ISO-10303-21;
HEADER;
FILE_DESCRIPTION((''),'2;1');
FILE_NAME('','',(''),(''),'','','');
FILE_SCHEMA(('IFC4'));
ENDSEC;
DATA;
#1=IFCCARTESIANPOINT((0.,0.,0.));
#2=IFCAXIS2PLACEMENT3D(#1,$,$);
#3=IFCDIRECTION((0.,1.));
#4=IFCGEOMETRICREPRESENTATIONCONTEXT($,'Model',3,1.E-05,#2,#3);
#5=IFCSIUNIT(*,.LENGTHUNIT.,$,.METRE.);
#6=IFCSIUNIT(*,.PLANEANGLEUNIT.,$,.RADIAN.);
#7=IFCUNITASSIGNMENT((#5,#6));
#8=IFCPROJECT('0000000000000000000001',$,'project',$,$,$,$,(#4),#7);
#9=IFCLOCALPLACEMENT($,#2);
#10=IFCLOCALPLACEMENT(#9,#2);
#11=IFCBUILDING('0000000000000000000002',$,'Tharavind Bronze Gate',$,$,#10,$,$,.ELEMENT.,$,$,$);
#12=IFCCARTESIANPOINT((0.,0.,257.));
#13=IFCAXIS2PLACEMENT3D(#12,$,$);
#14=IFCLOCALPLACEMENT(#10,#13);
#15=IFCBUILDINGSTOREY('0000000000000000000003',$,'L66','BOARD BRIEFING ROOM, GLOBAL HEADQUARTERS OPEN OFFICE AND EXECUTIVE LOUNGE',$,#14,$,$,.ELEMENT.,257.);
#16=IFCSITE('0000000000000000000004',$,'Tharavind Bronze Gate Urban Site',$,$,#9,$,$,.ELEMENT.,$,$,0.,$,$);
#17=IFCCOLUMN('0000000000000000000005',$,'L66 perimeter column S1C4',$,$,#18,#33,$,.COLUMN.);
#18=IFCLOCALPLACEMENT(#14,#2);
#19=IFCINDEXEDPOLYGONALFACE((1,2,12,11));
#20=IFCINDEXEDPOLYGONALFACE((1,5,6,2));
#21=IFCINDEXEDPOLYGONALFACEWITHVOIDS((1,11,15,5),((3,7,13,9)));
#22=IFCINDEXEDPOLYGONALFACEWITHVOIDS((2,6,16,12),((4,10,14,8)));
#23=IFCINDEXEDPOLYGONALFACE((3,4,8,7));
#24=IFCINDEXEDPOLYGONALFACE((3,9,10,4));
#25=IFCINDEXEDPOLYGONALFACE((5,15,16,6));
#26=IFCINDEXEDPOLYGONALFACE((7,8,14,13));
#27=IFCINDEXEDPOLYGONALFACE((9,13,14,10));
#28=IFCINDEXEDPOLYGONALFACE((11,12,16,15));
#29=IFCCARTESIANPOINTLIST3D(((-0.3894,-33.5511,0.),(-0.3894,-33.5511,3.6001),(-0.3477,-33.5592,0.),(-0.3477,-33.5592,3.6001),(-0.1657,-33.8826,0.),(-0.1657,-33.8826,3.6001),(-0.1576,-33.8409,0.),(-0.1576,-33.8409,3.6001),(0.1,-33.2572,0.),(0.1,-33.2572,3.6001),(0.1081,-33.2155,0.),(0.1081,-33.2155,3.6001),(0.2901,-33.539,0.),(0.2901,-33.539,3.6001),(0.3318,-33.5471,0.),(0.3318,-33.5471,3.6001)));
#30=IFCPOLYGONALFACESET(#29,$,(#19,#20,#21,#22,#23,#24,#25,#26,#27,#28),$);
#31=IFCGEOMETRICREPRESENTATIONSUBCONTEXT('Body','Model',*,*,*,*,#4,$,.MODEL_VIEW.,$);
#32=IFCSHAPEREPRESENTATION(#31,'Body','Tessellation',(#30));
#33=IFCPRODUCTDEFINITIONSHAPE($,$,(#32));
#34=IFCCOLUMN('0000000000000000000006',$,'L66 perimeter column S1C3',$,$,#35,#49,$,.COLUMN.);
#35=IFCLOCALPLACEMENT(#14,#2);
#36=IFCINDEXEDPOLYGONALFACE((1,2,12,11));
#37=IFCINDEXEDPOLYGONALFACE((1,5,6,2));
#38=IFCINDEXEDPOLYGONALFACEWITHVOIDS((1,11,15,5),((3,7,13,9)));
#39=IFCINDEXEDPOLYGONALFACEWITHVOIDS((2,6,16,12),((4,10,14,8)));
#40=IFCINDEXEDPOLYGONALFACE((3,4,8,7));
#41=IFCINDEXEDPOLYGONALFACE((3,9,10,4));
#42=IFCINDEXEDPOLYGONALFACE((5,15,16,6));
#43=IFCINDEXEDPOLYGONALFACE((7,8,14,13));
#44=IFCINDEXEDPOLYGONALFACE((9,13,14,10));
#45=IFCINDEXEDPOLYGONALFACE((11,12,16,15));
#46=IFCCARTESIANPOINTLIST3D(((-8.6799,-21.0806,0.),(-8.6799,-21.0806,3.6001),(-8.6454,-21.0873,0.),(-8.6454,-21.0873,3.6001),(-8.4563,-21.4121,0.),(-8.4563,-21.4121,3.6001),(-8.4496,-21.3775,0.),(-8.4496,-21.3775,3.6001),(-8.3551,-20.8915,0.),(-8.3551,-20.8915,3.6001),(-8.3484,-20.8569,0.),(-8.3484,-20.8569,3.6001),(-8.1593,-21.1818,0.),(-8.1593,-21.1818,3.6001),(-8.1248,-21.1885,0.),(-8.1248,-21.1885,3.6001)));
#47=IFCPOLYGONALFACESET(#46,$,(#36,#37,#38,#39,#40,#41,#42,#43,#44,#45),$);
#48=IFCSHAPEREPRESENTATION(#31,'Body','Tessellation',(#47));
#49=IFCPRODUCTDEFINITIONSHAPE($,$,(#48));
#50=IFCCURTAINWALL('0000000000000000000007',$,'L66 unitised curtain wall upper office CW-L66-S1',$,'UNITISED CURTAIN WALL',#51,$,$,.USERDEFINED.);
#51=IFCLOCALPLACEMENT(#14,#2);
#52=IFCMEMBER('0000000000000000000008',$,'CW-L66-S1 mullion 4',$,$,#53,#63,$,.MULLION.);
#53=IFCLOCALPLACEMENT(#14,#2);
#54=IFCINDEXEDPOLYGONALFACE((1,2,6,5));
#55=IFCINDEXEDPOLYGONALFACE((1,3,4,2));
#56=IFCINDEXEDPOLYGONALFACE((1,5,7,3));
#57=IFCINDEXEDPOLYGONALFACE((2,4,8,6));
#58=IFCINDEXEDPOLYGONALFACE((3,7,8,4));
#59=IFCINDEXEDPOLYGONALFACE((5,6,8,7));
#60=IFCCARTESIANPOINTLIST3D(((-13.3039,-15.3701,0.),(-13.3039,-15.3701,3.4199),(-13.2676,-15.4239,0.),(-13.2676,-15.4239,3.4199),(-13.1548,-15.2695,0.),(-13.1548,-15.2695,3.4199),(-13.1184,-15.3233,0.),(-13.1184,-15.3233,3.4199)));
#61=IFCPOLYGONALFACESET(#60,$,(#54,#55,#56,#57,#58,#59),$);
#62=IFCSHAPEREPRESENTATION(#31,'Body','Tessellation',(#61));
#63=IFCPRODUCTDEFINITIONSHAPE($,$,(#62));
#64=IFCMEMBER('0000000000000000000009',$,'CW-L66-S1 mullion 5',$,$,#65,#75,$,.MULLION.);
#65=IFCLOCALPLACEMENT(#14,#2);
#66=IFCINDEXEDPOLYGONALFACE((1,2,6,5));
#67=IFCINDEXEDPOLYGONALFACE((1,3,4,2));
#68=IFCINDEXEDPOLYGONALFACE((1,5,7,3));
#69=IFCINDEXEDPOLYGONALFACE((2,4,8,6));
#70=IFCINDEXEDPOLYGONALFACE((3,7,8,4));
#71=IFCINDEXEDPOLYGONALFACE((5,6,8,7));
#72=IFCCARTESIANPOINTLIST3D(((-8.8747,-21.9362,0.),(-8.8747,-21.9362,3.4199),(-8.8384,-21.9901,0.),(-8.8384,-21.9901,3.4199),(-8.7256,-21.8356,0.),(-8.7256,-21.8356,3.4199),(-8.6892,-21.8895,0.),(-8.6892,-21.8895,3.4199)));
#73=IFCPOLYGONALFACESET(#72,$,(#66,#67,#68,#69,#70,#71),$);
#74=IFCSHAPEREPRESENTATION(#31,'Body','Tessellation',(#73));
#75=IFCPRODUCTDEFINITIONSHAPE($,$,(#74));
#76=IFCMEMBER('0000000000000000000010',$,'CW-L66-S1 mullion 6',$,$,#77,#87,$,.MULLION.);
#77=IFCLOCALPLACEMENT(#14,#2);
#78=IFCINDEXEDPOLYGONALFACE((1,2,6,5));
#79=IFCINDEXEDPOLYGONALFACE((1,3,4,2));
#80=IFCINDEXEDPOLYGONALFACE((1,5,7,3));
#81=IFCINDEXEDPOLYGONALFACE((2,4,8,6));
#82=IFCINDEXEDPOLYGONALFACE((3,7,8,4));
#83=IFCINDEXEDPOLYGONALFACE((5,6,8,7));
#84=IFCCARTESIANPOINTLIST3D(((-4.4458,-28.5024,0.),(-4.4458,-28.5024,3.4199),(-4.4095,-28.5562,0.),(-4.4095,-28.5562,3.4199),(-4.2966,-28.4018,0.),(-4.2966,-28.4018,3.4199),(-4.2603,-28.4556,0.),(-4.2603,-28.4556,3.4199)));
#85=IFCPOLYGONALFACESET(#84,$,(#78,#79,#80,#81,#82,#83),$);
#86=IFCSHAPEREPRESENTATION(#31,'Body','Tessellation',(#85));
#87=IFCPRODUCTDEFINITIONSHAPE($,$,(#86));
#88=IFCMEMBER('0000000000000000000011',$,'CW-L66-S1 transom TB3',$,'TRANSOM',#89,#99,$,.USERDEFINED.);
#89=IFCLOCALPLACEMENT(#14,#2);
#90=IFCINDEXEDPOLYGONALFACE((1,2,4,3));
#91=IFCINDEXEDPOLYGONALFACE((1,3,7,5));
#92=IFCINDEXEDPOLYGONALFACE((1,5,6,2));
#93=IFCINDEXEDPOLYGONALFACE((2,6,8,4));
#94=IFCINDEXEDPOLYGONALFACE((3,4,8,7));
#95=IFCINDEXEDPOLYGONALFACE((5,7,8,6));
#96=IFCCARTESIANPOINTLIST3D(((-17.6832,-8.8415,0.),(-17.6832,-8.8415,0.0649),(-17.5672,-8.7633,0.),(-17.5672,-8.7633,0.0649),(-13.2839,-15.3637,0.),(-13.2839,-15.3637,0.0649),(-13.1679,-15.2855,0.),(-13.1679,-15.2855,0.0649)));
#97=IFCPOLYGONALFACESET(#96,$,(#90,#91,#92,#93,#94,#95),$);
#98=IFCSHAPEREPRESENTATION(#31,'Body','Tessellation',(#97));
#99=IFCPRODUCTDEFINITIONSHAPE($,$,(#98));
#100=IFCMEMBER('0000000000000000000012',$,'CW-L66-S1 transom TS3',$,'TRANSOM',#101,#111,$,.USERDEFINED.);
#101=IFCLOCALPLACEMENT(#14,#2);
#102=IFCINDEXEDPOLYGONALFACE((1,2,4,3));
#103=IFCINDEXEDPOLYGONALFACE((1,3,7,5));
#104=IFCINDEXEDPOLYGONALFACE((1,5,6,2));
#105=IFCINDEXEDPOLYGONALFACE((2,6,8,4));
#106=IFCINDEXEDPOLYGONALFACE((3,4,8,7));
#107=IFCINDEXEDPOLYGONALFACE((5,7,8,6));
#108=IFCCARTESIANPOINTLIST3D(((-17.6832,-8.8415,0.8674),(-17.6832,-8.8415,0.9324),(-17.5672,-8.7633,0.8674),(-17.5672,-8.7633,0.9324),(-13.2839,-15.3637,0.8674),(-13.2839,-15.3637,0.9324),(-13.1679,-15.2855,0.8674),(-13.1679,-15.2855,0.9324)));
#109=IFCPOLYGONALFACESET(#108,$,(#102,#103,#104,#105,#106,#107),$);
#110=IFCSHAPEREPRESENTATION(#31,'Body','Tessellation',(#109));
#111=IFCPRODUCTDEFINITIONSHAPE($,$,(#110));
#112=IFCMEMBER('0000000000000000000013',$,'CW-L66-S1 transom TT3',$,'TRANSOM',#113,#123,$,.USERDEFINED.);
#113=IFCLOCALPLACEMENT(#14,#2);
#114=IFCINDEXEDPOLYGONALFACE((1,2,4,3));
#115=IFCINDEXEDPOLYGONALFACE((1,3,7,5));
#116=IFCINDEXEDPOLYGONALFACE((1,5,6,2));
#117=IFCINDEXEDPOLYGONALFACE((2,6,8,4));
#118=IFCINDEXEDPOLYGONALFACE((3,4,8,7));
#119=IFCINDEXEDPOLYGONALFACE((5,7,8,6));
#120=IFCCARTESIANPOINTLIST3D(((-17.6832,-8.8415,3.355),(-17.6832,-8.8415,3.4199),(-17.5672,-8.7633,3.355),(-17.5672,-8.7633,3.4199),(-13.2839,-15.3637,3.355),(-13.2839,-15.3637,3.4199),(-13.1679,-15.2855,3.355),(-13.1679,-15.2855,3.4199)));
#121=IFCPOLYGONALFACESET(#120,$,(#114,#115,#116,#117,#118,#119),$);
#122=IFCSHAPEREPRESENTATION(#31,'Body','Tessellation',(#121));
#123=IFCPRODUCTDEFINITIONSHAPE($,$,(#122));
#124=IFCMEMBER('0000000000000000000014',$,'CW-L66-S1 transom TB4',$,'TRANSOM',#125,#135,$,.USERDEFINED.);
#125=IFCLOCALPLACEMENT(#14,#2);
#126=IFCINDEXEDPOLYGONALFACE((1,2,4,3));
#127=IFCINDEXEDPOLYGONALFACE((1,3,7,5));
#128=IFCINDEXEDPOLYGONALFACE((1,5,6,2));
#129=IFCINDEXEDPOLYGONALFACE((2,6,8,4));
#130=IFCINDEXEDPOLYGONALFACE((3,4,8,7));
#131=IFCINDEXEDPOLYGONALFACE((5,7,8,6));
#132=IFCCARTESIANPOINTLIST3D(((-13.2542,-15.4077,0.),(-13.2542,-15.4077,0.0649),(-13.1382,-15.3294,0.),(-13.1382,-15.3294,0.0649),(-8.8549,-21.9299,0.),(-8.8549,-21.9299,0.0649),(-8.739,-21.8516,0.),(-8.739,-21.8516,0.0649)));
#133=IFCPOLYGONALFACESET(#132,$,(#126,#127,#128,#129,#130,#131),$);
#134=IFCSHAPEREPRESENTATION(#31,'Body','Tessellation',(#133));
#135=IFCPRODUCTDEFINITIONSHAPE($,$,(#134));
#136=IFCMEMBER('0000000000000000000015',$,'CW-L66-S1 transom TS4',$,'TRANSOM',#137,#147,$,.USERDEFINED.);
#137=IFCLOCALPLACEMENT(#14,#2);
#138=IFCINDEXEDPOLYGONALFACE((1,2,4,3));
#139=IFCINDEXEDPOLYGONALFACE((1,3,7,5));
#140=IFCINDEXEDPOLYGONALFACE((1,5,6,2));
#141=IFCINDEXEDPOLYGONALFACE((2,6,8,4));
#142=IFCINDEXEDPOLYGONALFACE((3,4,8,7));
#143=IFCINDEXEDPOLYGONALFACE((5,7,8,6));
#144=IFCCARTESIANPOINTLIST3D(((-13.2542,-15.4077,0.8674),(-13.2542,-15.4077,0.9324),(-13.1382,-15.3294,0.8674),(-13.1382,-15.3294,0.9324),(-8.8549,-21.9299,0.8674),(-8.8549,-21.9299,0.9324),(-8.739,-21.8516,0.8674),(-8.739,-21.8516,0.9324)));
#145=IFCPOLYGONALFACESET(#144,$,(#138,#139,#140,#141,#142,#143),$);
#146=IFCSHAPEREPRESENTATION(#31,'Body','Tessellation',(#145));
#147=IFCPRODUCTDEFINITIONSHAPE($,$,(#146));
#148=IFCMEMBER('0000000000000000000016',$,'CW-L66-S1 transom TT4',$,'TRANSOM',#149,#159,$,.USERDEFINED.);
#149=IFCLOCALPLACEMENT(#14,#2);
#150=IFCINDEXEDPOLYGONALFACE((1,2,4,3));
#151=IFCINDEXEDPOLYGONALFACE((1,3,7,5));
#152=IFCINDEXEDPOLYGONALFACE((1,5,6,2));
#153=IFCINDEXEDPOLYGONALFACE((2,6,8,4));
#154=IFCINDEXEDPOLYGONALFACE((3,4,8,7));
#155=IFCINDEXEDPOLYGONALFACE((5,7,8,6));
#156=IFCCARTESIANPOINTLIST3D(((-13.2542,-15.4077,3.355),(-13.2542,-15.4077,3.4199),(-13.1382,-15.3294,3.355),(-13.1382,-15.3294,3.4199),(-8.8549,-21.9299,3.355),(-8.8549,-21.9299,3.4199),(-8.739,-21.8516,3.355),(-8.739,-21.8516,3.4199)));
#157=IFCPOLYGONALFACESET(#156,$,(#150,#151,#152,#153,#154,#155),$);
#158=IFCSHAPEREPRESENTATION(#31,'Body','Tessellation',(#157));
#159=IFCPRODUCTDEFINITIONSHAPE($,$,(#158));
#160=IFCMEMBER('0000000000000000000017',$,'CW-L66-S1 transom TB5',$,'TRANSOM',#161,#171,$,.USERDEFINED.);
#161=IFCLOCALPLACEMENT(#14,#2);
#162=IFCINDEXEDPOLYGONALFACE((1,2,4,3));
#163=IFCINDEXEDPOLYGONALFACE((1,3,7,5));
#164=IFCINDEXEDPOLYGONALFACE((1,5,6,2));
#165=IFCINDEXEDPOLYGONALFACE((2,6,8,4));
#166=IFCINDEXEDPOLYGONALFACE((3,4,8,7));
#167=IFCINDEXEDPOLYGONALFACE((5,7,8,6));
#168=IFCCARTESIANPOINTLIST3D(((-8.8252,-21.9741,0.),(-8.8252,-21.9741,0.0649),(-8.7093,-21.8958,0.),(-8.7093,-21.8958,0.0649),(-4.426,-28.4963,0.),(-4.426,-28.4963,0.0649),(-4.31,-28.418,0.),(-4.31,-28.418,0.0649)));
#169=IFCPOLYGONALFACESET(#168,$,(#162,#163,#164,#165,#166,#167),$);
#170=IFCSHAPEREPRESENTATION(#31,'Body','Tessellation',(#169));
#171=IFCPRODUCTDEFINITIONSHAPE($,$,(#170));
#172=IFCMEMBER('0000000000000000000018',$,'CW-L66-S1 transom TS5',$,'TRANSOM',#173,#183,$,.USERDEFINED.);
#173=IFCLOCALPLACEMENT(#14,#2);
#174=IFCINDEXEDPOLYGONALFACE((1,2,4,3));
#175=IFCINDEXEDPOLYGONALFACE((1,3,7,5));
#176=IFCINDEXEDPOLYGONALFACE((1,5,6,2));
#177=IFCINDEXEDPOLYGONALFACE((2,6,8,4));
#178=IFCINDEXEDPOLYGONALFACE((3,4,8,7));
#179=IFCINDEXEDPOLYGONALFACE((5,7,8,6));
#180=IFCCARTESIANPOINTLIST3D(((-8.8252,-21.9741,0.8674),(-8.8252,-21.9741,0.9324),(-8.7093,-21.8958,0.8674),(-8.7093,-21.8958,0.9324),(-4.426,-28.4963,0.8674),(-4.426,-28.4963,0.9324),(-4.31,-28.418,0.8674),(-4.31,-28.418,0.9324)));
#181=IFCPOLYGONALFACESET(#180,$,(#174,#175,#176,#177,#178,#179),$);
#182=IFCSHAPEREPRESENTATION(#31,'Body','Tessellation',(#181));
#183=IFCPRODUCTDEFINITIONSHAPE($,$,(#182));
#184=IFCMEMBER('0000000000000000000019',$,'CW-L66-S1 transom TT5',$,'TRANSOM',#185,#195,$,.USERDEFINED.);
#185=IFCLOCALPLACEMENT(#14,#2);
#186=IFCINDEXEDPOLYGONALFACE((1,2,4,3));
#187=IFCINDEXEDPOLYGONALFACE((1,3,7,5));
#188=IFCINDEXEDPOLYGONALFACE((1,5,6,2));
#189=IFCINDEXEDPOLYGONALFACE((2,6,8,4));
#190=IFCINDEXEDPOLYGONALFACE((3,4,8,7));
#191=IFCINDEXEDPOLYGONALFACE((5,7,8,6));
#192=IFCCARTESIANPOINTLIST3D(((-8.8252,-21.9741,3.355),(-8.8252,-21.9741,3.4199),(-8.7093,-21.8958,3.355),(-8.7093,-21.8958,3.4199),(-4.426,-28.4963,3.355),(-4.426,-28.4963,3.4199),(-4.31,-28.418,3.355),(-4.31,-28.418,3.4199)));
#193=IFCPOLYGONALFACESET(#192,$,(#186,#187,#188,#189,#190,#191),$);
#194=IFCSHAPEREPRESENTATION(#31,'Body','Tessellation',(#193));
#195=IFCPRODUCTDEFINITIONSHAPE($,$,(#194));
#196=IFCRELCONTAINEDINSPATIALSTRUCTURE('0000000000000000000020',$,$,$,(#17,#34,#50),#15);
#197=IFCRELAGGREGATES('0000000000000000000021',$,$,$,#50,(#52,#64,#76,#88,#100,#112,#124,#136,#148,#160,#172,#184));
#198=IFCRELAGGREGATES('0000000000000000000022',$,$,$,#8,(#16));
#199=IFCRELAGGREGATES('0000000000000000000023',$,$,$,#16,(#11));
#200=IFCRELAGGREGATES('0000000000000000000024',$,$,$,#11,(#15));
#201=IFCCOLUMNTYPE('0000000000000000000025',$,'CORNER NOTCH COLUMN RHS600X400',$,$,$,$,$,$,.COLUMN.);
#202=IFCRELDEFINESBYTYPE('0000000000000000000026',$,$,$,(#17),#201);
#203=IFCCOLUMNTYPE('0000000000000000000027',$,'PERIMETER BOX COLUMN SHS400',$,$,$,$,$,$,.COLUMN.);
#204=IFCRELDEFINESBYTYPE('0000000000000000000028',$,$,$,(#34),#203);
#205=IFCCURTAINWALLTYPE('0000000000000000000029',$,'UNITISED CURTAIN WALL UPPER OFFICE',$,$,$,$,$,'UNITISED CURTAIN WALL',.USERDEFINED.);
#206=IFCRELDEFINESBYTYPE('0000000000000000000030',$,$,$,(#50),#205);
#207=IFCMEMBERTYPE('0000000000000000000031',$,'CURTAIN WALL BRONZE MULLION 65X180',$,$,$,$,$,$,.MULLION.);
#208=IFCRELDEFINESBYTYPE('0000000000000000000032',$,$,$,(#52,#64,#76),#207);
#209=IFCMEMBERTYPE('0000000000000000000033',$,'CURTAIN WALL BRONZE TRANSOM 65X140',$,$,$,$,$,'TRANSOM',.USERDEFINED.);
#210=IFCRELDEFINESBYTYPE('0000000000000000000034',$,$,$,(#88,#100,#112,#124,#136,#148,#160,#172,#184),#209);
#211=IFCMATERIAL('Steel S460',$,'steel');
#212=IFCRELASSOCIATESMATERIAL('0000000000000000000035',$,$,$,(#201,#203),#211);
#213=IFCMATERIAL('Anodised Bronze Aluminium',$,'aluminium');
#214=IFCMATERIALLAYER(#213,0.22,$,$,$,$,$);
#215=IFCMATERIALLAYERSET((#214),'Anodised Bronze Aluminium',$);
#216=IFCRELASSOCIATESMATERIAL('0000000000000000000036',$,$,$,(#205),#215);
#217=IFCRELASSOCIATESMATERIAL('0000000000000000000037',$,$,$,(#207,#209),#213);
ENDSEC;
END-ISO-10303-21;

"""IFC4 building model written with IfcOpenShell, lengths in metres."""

from ifc_helpers import new_model, si_unit, direction, frame, origin, origin_2d, place, context, subcontext, project, spatial, rectangle, hollow_rectangle, extrude, material, layer, layer_set, material_profile, profile_set, type_object, element, aggregate, save


model = new_model("IFC4")

# Units and contexts
model_context = context("Model", 3, precision=1e-05, world=origin(), true_north=direction((0.0, 1.0)))
body_context = subcontext(model_context, "Body", "Model", "MODEL_VIEW")
ifc_project = project(units=[si_unit("LENGTHUNIT", "METRE"), si_unit("PLANEANGLEUNIT", "RADIAN")], contexts=[model_context])

# Site, building, storey
site_placement = place(None, origin())
site = spatial("IfcSite", under=ifc_project, at=site_placement, Name="Tharavind Bronze Gate Urban Site", CompositionType="ELEMENT", RefElevation=0.0)
building_placement = place(site_placement, origin())
building = spatial("IfcBuilding", under=site, at=building_placement, Name="Tharavind Bronze Gate", CompositionType="ELEMENT")
storey_placement = place(building_placement, frame((0.0, 0.0, 257.0)))
storey = spatial("IfcBuildingStorey", under=building, at=storey_placement, Name="L66", Description="BOARD BRIEFING ROOM, GLOBAL HEADQUARTERS OPEN OFFICE AND EXECUTIVE LOUNGE", CompositionType="ELEMENT", Elevation=257.0)

# Columns
ifc_material_1 = material(Name="Steel S460", Category="steel")
ifc_material_profile_1 = material_profile(ifc_material_1, hollow_rectangle(XDim=0.3999, YDim=0.6001, WallThickness=0.03, at=origin_2d()), Name="RHS600X400X30")
ifc_profile_set_1 = profile_set([ifc_material_profile_1], Name="Steel S460")
column_type_1 = type_object("IfcColumnType", Name="CORNER NOTCH COLUMN RHS600X400", PredefinedType="COLUMN", material=ifc_profile_set_1)
column_1_placement = place(storey_placement, frame((-0.0288, -33.5491, 0.0), z_axis=(0.0, 0.0, 1.0), x_axis=(-0.559193, 0.829038, 0.0)))
element("IfcColumn", 1, at=column_1_placement, inside=storey, type_object=column_type_1, Name="L66 perimeter column S1C4", PredefinedType="COLUMN", context=body_context, shape_type="SweptSolid", body=[
    extrude(hollow_rectangle(XDim=0.3999, YDim=0.6001, WallThickness=0.03, at=origin_2d()), origin(), (0.0, 0.0, 1.0), 3.6001),
])
ifc_material_profile_2 = material_profile(ifc_material_1, hollow_rectangle(XDim=0.3999, YDim=0.3999, WallThickness=0.0249, at=origin_2d()), Name="SHS400X25")
ifc_profile_set_2 = profile_set([ifc_material_profile_2], Name="Steel S460")
column_type_2 = type_object("IfcColumnType", Name="PERIMETER BOX COLUMN SHS400", PredefinedType="COLUMN", material=ifc_profile_set_2)
column_2_placement = place(storey_placement, frame((-8.4023, -21.1345, 0.0), z_axis=(0.0, 0.0, 1.0), x_axis=(-0.559193, 0.829038, 0.0)))
element("IfcColumn", 2, at=column_2_placement, inside=storey, type_object=column_type_2, Name="L66 perimeter column S1C3", PredefinedType="COLUMN", context=body_context, shape_type="SweptSolid", body=[
    extrude(hollow_rectangle(XDim=0.3999, YDim=0.3999, WallThickness=0.0249, at=origin_2d()), origin(), (0.0, 0.0, 1.0), 3.6001),
])

# Curtain wall, members
ifc_material_2 = material(Name="Anodised Bronze Aluminium", Category="aluminium")
ifc_layer_1 = layer(ifc_material_2, 0.22)
ifc_layer_set_1 = layer_set([ifc_layer_1], Name="Anodised Bronze Aluminium")
curtain_wall_type = type_object("IfcCurtainWallType", Name="UNITISED CURTAIN WALL UPPER OFFICE", ElementType="UNITISED CURTAIN WALL", PredefinedType="USERDEFINED", material=ifc_layer_set_1)
curtain_wall_placement = place(storey_placement, origin())
curtain_wall = element("IfcCurtainWall", 3, at=curtain_wall_placement, inside=storey, type_object=curtain_wall_type, Name="L66 unitised curtain wall upper office CW-L66-S1", ObjectType="UNITISED CURTAIN WALL", PredefinedType="USERDEFINED")
member_type_1 = type_object("IfcMemberType", Name="CURTAIN WALL BRONZE MULLION 65X180", PredefinedType="MULLION", material=ifc_material_2)
member_1_placement = place(storey_placement, frame((-13.2112, -15.3467, 0.0), z_axis=(0.0, 0.0, 1.0), x_axis=(0.559191, -0.829039, 0.0)))
member_1 = element("IfcMember", 4, at=member_1_placement, type_object=member_type_1, Name="CW-L66-S1 mullion 4", PredefinedType="MULLION", context=body_context, shape_type="SweptSolid", body=[
    extrude(rectangle(XDim=0.0649, YDim=0.1799, at=origin_2d()), origin(), (0.0, 0.0, 1.0), 3.4199),
])
member_2_placement = place(storey_placement, frame((-8.782, -21.9128, 0.0), z_axis=(0.0, 0.0, 1.0), x_axis=(0.559191, -0.829039, 0.0)))
member_2 = element("IfcMember", 5, at=member_2_placement, type_object=member_type_1, Name="CW-L66-S1 mullion 5", PredefinedType="MULLION", context=body_context, shape_type="SweptSolid", body=[
    extrude(rectangle(XDim=0.0649, YDim=0.1799, at=origin_2d()), origin(), (0.0, 0.0, 1.0), 3.4199),
])
member_3_placement = place(storey_placement, frame((-4.353, -28.479, 0.0), z_axis=(0.0, 0.0, 1.0), x_axis=(0.559191, -0.829039, 0.0)))
member_3 = element("IfcMember", 6, at=member_3_placement, type_object=member_type_1, Name="CW-L66-S1 mullion 6", PredefinedType="MULLION", context=body_context, shape_type="SweptSolid", body=[
    extrude(rectangle(XDim=0.0649, YDim=0.1799, at=origin_2d()), origin(), (0.0, 0.0, 1.0), 3.4199),
])
member_type_2 = type_object("IfcMemberType", Name="CURTAIN WALL BRONZE TRANSOM 65X140", ElementType="TRANSOM", PredefinedType="USERDEFINED", material=ifc_material_2)
member_4_placement = place(storey_placement, frame((-15.4255, -12.0635, 0.0), z_axis=(0.0, 0.0, 1.0), x_axis=(0.559191, -0.829039, 0.0)))
member_4 = element("IfcMember", 7, at=member_4_placement, type_object=member_type_2, Name="CW-L66-S1 transom TB3", ObjectType="TRANSOM", PredefinedType="USERDEFINED", context=body_context, shape_type="SweptSolid", body=[
    extrude(rectangle(XDim=7.8672, YDim=0.1399, at=origin_2d()), origin(), (0.0, 0.0, 1.0), 0.0649),
])
member_5_placement = place(storey_placement, frame((-15.4255, -12.0635, 0.8674), z_axis=(0.0, 0.0, 1.0), x_axis=(0.559191, -0.829039, 0.0)))
member_5 = element("IfcMember", 8, at=member_5_placement, type_object=member_type_2, Name="CW-L66-S1 transom TS3", ObjectType="TRANSOM", PredefinedType="USERDEFINED", context=body_context, shape_type="SweptSolid", body=[
    extrude(rectangle(XDim=7.8672, YDim=0.1399, at=origin_2d()), origin(), (0.0, 0.0, 1.0), 0.0649),
])
member_6_placement = place(storey_placement, frame((-15.4255, -12.0635, 3.355), z_axis=(0.0, 0.0, 1.0), x_axis=(0.559191, -0.829039, 0.0)))
member_6 = element("IfcMember", 9, at=member_6_placement, type_object=member_type_2, Name="CW-L66-S1 transom TT3", ObjectType="TRANSOM", PredefinedType="USERDEFINED", context=body_context, shape_type="SweptSolid", body=[
    extrude(rectangle(XDim=7.8672, YDim=0.1399, at=origin_2d()), origin(), (0.0, 0.0, 1.0), 0.0649),
])
member_7_placement = place(storey_placement, frame((-10.9966, -18.6296, 0.0), z_axis=(0.0, 0.0, 1.0), x_axis=(0.559191, -0.829039, 0.0)))
member_7 = element("IfcMember", 10, at=member_7_placement, type_object=member_type_2, Name="CW-L66-S1 transom TB4", ObjectType="TRANSOM", PredefinedType="USERDEFINED", context=body_context, shape_type="SweptSolid", body=[
    extrude(rectangle(XDim=7.8672, YDim=0.1399, at=origin_2d()), origin(), (0.0, 0.0, 1.0), 0.0649),
])
member_8_placement = place(storey_placement, frame((-10.9966, -18.6296, 0.8674), z_axis=(0.0, 0.0, 1.0), x_axis=(0.559191, -0.829039, 0.0)))
member_8 = element("IfcMember", 11, at=member_8_placement, type_object=member_type_2, Name="CW-L66-S1 transom TS4", ObjectType="TRANSOM", PredefinedType="USERDEFINED", context=body_context, shape_type="SweptSolid", body=[
    extrude(rectangle(XDim=7.8672, YDim=0.1399, at=origin_2d()), origin(), (0.0, 0.0, 1.0), 0.0649),
])
member_9_placement = place(storey_placement, frame((-10.9966, -18.6296, 3.355), z_axis=(0.0, 0.0, 1.0), x_axis=(0.559191, -0.829039, 0.0)))
member_9 = element("IfcMember", 12, at=member_9_placement, type_object=member_type_2, Name="CW-L66-S1 transom TT4", ObjectType="TRANSOM", PredefinedType="USERDEFINED", context=body_context, shape_type="SweptSolid", body=[
    extrude(rectangle(XDim=7.8672, YDim=0.1399, at=origin_2d()), origin(), (0.0, 0.0, 1.0), 0.0649),
])
member_10_placement = place(storey_placement, frame((-6.5676, -25.196, 0.0), z_axis=(0.0, 0.0, 1.0), x_axis=(0.559191, -0.829039, 0.0)))
member_10 = element("IfcMember", 13, at=member_10_placement, type_object=member_type_2, Name="CW-L66-S1 transom TB5", ObjectType="TRANSOM", PredefinedType="USERDEFINED", context=body_context, shape_type="SweptSolid", body=[
    extrude(rectangle(XDim=7.8672, YDim=0.1399, at=origin_2d()), origin(), (0.0, 0.0, 1.0), 0.0649),
])
member_11_placement = place(storey_placement, frame((-6.5676, -25.196, 0.8674), z_axis=(0.0, 0.0, 1.0), x_axis=(0.559191, -0.829039, 0.0)))
member_11 = element("IfcMember", 14, at=member_11_placement, type_object=member_type_2, Name="CW-L66-S1 transom TS5", ObjectType="TRANSOM", PredefinedType="USERDEFINED", context=body_context, shape_type="SweptSolid", body=[
    extrude(rectangle(XDim=7.8672, YDim=0.1399, at=origin_2d()), origin(), (0.0, 0.0, 1.0), 0.0649),
])
member_12_placement = place(storey_placement, frame((-6.5676, -25.196, 3.355), z_axis=(0.0, 0.0, 1.0), x_axis=(0.559191, -0.829039, 0.0)))
member_12 = element("IfcMember", 15, at=member_12_placement, type_object=member_type_2, Name="CW-L66-S1 transom TT5", ObjectType="TRANSOM", PredefinedType="USERDEFINED", context=body_context, shape_type="SweptSolid", body=[
    extrude(rectangle(XDim=7.8672, YDim=0.1399, at=origin_2d()), origin(), (0.0, 0.0, 1.0), 0.0649),
])

aggregate(curtain_wall, [member_1, member_2, member_3, member_4, member_5, member_6, member_7, member_8, member_9, member_10, member_11, member_12])

save(model, "model.ifc")
